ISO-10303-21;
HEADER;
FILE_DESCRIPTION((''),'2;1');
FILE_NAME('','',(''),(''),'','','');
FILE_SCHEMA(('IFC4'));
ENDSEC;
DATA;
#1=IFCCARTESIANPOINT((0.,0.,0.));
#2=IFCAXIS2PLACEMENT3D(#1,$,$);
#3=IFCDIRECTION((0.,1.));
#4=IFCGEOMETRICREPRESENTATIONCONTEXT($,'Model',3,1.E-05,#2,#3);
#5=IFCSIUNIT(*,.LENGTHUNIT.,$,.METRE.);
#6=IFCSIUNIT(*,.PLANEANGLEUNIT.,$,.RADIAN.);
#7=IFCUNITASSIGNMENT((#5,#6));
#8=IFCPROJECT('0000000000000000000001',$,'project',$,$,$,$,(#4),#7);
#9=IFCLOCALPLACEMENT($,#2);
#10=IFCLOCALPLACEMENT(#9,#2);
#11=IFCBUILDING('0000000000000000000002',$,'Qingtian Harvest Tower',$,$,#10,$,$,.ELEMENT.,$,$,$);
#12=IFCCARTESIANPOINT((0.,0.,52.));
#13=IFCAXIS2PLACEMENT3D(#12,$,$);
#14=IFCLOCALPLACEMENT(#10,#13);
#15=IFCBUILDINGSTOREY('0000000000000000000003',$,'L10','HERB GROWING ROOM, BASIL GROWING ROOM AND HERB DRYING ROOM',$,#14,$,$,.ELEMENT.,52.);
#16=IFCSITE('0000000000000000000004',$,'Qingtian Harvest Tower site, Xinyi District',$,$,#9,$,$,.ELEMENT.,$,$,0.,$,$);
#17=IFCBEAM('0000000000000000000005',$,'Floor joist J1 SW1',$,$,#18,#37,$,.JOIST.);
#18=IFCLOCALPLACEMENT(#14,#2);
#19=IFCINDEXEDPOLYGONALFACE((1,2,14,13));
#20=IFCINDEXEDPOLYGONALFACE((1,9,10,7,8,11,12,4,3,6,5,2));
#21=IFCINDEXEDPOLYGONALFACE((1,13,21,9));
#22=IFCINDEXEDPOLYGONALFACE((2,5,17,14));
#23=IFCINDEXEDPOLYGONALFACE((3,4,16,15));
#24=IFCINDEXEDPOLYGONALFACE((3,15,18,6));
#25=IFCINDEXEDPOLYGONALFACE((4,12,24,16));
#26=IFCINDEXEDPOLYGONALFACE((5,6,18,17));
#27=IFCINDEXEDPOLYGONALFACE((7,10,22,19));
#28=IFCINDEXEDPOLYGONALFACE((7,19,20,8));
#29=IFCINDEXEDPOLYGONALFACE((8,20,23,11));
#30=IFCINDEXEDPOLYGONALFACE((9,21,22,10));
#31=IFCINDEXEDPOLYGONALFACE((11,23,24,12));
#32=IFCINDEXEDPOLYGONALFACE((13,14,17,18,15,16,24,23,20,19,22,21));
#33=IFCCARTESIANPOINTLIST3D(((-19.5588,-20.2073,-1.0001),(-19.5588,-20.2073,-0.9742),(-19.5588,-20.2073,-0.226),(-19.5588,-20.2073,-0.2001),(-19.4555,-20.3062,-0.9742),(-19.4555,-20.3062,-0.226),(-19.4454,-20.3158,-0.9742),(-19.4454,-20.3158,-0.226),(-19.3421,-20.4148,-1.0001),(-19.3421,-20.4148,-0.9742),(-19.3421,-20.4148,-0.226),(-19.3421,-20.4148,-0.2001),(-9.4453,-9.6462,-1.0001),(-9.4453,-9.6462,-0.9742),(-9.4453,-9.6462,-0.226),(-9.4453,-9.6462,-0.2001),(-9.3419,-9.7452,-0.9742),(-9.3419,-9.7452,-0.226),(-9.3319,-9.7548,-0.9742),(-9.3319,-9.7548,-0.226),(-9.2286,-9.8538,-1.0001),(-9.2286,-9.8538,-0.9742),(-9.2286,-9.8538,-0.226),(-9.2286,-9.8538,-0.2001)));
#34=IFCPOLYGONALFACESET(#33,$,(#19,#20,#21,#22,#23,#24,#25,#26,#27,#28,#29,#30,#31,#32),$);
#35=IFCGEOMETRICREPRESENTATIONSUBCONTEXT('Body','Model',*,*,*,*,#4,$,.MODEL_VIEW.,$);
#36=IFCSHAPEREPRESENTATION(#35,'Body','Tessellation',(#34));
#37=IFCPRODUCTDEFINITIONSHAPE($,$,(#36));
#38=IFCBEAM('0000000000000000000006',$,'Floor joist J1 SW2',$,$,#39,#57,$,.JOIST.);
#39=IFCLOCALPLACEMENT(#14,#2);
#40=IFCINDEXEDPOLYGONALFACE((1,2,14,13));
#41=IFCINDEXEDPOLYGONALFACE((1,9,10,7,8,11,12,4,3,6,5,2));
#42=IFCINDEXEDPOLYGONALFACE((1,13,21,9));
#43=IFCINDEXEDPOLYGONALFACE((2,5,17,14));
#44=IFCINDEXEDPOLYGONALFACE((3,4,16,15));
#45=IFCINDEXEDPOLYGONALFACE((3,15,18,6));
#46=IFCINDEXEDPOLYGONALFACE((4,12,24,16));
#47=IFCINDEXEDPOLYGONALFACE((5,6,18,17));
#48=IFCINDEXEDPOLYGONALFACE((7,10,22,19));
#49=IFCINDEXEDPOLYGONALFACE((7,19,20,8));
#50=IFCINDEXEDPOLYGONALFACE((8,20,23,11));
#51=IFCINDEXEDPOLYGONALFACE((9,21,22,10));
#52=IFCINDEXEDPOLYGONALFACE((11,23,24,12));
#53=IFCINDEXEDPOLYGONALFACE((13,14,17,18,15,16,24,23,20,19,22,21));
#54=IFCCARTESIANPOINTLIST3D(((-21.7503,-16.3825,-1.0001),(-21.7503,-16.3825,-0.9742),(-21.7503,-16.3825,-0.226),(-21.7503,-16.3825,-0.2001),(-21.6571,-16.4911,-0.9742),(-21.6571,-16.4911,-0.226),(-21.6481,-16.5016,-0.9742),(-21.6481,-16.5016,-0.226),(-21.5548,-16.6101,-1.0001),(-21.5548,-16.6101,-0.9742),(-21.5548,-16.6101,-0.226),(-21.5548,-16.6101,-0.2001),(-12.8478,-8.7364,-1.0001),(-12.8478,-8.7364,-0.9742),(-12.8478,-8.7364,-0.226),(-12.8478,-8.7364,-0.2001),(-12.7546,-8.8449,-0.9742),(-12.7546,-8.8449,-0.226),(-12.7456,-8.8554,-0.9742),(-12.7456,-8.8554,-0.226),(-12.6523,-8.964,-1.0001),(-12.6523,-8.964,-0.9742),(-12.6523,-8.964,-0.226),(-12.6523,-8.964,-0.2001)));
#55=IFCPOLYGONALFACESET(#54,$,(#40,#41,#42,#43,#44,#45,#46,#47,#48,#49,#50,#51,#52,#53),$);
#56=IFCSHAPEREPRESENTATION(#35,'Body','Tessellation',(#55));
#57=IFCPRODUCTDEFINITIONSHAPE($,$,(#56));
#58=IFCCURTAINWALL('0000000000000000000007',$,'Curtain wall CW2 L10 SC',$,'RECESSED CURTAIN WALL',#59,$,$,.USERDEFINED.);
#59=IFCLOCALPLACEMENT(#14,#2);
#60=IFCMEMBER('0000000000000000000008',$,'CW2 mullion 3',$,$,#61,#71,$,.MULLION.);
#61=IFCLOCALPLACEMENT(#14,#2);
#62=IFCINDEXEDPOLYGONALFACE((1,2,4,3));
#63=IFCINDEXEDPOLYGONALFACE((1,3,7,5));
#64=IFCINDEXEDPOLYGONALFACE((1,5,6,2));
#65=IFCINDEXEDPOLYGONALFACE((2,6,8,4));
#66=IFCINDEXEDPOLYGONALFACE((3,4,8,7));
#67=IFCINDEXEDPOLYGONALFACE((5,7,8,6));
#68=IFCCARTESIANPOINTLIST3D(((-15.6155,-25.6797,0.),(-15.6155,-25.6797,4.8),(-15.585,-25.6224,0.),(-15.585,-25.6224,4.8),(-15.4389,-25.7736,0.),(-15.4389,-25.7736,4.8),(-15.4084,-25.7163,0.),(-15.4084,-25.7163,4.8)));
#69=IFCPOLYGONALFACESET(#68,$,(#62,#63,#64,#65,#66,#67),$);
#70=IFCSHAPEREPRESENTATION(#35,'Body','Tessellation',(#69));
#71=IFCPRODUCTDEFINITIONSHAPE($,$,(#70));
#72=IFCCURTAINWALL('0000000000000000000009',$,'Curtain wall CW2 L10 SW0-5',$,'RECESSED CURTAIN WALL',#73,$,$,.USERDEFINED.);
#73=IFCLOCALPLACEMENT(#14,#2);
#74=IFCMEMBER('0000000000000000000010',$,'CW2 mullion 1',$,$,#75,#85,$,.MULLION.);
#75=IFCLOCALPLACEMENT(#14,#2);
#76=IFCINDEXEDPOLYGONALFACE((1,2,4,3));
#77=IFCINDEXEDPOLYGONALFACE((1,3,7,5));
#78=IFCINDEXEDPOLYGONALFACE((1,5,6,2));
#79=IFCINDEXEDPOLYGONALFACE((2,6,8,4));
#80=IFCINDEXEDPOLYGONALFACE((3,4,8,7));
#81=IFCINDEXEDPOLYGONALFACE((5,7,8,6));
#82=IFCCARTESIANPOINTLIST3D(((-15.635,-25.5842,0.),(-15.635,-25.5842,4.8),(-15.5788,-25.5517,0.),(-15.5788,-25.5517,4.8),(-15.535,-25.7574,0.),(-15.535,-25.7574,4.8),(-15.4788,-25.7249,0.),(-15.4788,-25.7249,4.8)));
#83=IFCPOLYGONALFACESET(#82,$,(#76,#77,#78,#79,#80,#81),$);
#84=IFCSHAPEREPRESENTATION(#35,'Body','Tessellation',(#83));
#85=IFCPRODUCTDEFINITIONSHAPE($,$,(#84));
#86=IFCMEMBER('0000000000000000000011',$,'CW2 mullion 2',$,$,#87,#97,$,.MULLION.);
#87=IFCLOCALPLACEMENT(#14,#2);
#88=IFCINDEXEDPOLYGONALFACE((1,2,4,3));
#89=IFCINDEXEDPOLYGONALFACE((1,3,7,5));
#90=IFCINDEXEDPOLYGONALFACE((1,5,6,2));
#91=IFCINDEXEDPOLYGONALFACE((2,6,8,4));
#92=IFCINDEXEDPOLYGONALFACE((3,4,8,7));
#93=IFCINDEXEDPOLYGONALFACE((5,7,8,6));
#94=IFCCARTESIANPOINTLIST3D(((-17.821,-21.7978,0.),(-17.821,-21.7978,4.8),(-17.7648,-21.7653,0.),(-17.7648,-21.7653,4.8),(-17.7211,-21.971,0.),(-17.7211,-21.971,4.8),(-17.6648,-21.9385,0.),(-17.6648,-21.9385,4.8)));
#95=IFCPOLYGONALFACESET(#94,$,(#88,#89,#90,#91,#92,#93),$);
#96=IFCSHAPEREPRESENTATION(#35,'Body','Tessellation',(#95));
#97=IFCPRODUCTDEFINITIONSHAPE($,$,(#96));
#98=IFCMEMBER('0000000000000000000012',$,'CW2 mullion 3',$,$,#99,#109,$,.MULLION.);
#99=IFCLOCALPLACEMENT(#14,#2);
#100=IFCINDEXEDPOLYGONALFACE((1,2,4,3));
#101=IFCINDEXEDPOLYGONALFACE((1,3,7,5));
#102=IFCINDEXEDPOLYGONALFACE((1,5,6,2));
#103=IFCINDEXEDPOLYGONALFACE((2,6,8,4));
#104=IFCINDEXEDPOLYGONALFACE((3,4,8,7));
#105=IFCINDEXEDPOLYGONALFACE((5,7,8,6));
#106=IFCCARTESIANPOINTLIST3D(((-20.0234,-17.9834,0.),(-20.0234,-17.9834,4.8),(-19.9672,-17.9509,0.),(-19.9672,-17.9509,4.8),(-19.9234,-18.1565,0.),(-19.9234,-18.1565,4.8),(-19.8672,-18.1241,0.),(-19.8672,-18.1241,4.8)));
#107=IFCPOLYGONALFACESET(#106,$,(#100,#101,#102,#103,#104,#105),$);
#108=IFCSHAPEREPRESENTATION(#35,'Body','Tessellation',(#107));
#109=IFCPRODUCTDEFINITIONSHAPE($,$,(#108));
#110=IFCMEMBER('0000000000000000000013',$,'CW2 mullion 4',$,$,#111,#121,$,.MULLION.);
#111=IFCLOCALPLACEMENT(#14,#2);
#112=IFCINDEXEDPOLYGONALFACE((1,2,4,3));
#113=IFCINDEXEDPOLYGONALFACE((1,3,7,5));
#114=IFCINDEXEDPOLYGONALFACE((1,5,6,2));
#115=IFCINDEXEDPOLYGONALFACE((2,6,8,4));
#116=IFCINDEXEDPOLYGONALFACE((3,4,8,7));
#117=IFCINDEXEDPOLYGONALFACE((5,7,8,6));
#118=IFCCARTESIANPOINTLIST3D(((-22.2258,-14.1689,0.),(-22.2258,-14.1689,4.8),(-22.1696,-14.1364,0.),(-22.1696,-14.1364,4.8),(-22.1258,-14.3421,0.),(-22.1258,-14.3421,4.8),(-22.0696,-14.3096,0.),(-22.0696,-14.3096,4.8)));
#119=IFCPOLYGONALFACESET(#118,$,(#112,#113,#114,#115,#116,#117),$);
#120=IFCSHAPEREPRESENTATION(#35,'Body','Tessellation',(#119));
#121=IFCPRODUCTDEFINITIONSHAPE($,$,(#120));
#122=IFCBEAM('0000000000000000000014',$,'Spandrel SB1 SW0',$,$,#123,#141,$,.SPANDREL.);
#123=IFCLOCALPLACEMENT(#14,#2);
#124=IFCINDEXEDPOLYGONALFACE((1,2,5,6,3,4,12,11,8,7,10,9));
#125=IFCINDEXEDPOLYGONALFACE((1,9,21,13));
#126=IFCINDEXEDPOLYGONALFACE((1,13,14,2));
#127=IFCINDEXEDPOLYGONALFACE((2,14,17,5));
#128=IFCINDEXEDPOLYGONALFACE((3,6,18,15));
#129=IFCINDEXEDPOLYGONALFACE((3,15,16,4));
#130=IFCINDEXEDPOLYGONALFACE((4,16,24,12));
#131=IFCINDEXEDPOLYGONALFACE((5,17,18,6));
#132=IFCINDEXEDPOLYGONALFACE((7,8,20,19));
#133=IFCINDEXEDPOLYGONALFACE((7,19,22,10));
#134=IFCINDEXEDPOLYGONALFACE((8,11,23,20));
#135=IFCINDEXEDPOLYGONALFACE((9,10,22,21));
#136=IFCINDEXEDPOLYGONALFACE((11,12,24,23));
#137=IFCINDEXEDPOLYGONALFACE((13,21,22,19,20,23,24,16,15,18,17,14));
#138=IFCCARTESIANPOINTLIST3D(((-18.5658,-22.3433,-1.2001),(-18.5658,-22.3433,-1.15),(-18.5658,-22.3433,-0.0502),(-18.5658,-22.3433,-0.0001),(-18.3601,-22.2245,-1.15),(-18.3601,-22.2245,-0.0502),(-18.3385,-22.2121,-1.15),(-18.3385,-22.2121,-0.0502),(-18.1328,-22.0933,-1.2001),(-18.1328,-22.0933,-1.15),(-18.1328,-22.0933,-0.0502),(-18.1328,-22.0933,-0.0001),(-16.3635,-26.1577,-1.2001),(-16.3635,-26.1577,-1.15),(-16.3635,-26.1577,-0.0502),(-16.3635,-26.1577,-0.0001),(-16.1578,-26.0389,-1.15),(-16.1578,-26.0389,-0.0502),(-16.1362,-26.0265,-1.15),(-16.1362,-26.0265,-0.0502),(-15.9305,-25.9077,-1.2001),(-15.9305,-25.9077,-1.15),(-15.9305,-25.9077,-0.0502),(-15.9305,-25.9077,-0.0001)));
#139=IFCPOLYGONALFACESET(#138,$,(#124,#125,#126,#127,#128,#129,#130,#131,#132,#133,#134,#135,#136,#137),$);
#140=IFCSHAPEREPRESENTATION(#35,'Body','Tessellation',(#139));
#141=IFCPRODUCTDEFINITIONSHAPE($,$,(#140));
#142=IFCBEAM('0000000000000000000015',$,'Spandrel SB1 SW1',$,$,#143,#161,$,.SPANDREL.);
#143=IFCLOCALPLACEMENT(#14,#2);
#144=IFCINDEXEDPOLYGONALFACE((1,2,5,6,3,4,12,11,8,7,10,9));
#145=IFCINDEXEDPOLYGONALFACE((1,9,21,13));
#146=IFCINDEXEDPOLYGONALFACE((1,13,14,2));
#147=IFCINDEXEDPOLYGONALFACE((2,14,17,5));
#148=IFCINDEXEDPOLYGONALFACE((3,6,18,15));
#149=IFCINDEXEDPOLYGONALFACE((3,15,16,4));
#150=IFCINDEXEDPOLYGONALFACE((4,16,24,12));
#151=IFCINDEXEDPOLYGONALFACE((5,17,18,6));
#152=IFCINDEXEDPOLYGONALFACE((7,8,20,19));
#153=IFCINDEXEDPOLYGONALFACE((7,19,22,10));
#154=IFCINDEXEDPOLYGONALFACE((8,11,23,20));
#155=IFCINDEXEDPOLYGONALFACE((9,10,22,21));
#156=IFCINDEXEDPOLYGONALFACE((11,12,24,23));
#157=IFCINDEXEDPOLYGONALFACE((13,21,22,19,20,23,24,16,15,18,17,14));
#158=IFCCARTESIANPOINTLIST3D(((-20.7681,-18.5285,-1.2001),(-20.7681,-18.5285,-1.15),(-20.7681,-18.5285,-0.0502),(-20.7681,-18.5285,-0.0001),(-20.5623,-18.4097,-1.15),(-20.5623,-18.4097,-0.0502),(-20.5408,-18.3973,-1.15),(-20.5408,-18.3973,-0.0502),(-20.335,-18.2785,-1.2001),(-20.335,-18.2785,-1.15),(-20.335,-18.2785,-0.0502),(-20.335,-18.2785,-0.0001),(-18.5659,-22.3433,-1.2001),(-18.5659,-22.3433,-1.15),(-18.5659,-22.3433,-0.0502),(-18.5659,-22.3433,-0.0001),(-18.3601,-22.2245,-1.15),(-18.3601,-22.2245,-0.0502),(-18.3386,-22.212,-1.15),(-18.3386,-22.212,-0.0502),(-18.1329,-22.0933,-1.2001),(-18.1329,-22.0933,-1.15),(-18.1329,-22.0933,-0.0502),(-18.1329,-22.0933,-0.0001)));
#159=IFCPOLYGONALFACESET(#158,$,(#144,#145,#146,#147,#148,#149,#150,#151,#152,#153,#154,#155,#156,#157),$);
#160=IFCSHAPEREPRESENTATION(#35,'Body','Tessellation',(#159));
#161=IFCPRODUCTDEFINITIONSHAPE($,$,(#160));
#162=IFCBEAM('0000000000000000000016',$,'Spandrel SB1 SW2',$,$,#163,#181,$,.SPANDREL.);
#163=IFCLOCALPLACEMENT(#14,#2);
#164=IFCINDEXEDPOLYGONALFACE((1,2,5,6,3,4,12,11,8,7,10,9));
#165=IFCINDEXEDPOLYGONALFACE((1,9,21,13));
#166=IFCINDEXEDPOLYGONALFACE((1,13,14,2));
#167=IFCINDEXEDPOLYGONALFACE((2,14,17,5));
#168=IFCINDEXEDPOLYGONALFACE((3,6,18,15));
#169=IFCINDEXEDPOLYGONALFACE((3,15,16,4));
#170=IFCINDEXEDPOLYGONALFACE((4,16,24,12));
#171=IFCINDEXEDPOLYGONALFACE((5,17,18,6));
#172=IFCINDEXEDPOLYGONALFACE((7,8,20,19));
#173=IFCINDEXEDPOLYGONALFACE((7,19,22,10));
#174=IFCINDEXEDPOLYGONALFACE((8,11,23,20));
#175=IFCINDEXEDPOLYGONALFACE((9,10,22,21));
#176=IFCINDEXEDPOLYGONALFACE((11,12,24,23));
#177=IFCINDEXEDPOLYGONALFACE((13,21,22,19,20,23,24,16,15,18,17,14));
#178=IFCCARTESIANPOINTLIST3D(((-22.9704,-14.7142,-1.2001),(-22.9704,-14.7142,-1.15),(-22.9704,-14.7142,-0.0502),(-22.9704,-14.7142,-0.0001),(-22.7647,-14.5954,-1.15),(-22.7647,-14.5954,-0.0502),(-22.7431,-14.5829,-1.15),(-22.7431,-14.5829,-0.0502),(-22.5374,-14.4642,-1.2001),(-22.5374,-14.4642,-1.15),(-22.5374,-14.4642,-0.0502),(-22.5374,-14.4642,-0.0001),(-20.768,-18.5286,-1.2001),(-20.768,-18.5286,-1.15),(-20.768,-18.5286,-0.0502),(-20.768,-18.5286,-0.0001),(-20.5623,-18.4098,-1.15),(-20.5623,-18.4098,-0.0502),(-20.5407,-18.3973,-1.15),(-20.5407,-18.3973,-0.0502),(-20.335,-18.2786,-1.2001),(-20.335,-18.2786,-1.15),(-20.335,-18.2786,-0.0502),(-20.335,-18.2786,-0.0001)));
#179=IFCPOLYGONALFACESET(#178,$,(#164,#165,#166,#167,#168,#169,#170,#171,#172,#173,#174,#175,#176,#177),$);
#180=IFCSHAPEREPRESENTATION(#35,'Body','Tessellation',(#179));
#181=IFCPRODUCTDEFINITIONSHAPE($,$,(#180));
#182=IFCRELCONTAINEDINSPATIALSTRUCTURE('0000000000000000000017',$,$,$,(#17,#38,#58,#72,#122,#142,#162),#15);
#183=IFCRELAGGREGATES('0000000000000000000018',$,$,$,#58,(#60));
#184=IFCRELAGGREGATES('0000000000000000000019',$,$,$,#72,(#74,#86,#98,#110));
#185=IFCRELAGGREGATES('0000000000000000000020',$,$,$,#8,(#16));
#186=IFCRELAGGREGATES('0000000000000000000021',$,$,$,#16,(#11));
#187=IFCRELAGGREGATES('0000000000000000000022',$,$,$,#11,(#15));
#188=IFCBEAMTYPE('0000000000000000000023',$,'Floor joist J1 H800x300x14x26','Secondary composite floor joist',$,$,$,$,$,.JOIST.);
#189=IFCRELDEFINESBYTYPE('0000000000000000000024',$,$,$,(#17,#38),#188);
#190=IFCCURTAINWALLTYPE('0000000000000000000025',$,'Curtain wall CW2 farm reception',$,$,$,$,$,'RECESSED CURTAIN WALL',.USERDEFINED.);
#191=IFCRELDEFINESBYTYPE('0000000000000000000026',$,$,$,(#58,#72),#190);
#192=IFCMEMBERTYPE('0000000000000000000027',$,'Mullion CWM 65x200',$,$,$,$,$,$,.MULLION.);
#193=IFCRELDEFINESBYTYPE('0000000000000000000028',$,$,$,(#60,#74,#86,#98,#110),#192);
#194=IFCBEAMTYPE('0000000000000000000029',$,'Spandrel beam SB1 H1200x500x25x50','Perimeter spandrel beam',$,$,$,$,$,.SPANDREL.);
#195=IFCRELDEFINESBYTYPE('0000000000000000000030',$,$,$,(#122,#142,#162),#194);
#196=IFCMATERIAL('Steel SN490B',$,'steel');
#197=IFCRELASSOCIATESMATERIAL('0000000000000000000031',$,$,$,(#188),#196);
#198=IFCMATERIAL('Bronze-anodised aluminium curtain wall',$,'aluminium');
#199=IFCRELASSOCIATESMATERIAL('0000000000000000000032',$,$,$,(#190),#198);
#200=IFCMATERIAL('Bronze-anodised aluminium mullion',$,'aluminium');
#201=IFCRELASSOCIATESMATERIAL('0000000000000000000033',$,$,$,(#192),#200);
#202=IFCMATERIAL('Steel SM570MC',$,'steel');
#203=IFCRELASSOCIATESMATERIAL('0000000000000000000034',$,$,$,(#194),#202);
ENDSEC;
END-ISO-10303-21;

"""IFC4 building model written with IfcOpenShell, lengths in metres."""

from ifc_helpers import new_model, si_unit, direction, frame, origin, origin_2d, place, context, subcontext, project, spatial, rectangle, i_section, extrude, material, material_profile, profile_set, type_object, element, aggregate, save


model = new_model("IFC4")

# Units and contexts
model_context = context("Model", 3, precision=1e-05, world=origin(), true_north=direction((0.0, 1.0)))
body_context = subcontext(model_context, "Body", "Model", "MODEL_VIEW")
ifc_project = project(units=[si_unit("LENGTHUNIT", "METRE"), si_unit("PLANEANGLEUNIT", "RADIAN")], contexts=[model_context])

# Site, building, storey
site_placement = place(None, origin())
site = spatial("IfcSite", under=ifc_project, at=site_placement, Name="Qingtian Harvest Tower site, Xinyi District", CompositionType="ELEMENT", RefElevation=0.0)
building_placement = place(site_placement, origin())
building = spatial("IfcBuilding", under=site, at=building_placement, Name="Qingtian Harvest Tower", CompositionType="ELEMENT")
storey_placement = place(building_placement, frame((0.0, 0.0, 52.0)))
storey = spatial("IfcBuildingStorey", under=building, at=storey_placement, Name="L10", Description="HERB GROWING ROOM, BASIL GROWING ROOM AND HERB DRYING ROOM", CompositionType="ELEMENT", Elevation=52.0)

# Beams
ifc_material_1 = material(Name="Steel SN490B", Category="steel")
ifc_material_profile_1 = material_profile(ifc_material_1, i_section(OverallWidth=0.3, OverallDepth=0.8, WebThickness=0.0139, FlangeThickness=0.0259, at=origin_2d()), Name="H800x300x14x26")
ifc_profile_set_1 = profile_set([ifc_material_profile_1], Name="Steel SN490B")
beam_type_1 = type_object("IfcBeamType", Name="Floor joist J1 H800x300x14x26", Description="Secondary composite floor joist", PredefinedType="JOIST", material=ifc_profile_set_1)
beam_1_placement = place(storey_placement, frame((-19.4504, -20.311, -0.6001), z_axis=(0.691639, 0.722243, 0.0), x_axis=(-0.722243, 0.691639, 0.0)))
element("IfcBeam", 1, at=beam_1_placement, inside=storey, type_object=beam_type_1, Name="Floor joist J1 SW1", PredefinedType="JOIST", context=body_context, shape_type="SweptSolid", body=[
    extrude(i_section(OverallWidth=0.3, OverallDepth=0.8, WebThickness=0.0139, FlangeThickness=0.0259, at=origin_2d()), origin(), (0.0, 0.0, 1.0), 14.6226),
])
beam_2_placement = place(storey_placement, frame((-21.6526, -16.4963, -0.6001), z_axis=(0.758606, 0.65155, 0.0), x_axis=(-0.65155, 0.758606, 0.0)))
element("IfcBeam", 2, at=beam_2_placement, inside=storey, type_object=beam_type_1, Name="Floor joist J1 SW2", PredefinedType="JOIST", context=body_context, shape_type="SweptSolid", body=[
    extrude(i_section(OverallWidth=0.3, OverallDepth=0.8, WebThickness=0.0139, FlangeThickness=0.0259, at=origin_2d()), origin(), (0.0, 0.0, 1.0), 11.7354),
])

# Curtain wall, member
ifc_material_2 = material(Name="Bronze-anodised aluminium curtain wall", Category="aluminium")
curtain_wall_type = type_object("IfcCurtainWallType", Name="Curtain wall CW2 farm reception", ElementType="RECESSED CURTAIN WALL", PredefinedType="USERDEFINED", material=ifc_material_2)
curtain_wall_1_placement = place(storey_placement, origin())
curtain_wall_1 = element("IfcCurtainWall", 3, at=curtain_wall_1_placement, inside=storey, type_object=curtain_wall_type, Name="Curtain wall CW2 L10 SC", ObjectType="RECESSED CURTAIN WALL", PredefinedType="USERDEFINED")
ifc_material_3 = material(Name="Bronze-anodised aluminium mullion", Category="aluminium")
ifc_material_profile_2 = material_profile(ifc_material_3, rectangle(XDim=0.0649, YDim=0.2, at=origin_2d()), Name="AL 65x200")
ifc_profile_set_2 = profile_set([ifc_material_profile_2], Name="Bronze-anodised aluminium mullion")
member_type_1 = type_object("IfcMemberType", Name="Mullion CWM 65x200", PredefinedType="MULLION", material=ifc_profile_set_2)
member_1_placement = place(storey_placement, frame((-15.512, -25.698, 0.0), z_axis=(0.0, 0.0, 1.0), x_axis=(-0.469472, -0.882948, 0.0)))
member_1 = element("IfcMember", 4, at=member_1_placement, type_object=member_type_1, Name="CW2 mullion 3", PredefinedType="MULLION", context=body_context, shape_type="SweptSolid", body=[
    extrude(rectangle(XDim=0.0649, YDim=0.2, at=origin_2d()), origin(), (0.0, 0.0, 1.0), 4.8),
])

# Curtain wall, members
curtain_wall_2_placement = place(storey_placement, origin())
curtain_wall_2 = element("IfcCurtainWall", 5, at=curtain_wall_2_placement, inside=storey, type_object=curtain_wall_type, Name="Curtain wall CW2 L10 SW0-5", ObjectType="RECESSED CURTAIN WALL", PredefinedType="USERDEFINED")
member_2_placement = place(storey_placement, frame((-15.5569, -25.6545, 0.0), z_axis=(0.0, 0.0, 1.0), x_axis=(-0.866025, -0.5, 0.0)))
member_2 = element("IfcMember", 6, at=member_2_placement, type_object=member_type_1, Name="CW2 mullion 1", PredefinedType="MULLION", context=body_context, shape_type="SweptSolid", body=[
    extrude(rectangle(XDim=0.0649, YDim=0.2, at=origin_2d()), origin(), (0.0, 0.0, 1.0), 4.8),
])
member_3_placement = place(storey_placement, frame((-17.7429, -21.8682, 0.0), z_axis=(0.0, 0.0, 1.0), x_axis=(-0.866025, -0.5, 0.0)))
member_3 = element("IfcMember", 7, at=member_3_placement, type_object=member_type_1, Name="CW2 mullion 2", PredefinedType="MULLION", context=body_context, shape_type="SweptSolid", body=[
    extrude(rectangle(XDim=0.0649, YDim=0.2, at=origin_2d()), origin(), (0.0, 0.0, 1.0), 4.8),
])
member_4_placement = place(storey_placement, frame((-19.9453, -18.0537, 0.0), z_axis=(0.0, 0.0, 1.0), x_axis=(-0.866025, -0.5, 0.0)))
member_4 = element("IfcMember", 8, at=member_4_placement, type_object=member_type_1, Name="CW2 mullion 3", PredefinedType="MULLION", context=body_context, shape_type="SweptSolid", body=[
    extrude(rectangle(XDim=0.0649, YDim=0.2, at=origin_2d()), origin(), (0.0, 0.0, 1.0), 4.8),
])
member_5_placement = place(storey_placement, frame((-22.1477, -14.2393, 0.0), z_axis=(0.0, 0.0, 1.0), x_axis=(-0.866025, -0.5, 0.0)))
member_5 = element("IfcMember", 9, at=member_5_placement, type_object=member_type_1, Name="CW2 mullion 4", PredefinedType="MULLION", context=body_context, shape_type="SweptSolid", body=[
    extrude(rectangle(XDim=0.0649, YDim=0.2, at=origin_2d()), origin(), (0.0, 0.0, 1.0), 4.8),
])

# Beams
ifc_material_4 = material(Name="Steel SM570MC", Category="steel")
ifc_material_profile_3 = material_profile(ifc_material_4, i_section(OverallWidth=0.5, OverallDepth=1.2, WebThickness=0.0249, FlangeThickness=0.05, at=origin_2d()), Name="H1200x500x25x50")
ifc_profile_set_3 = profile_set([ifc_material_profile_3], Name="Steel SM570MC")
beam_type_2 = type_object("IfcBeamType", Name="Spandrel beam SB1 H1200x500x25x50", Description="Perimeter spandrel beam", PredefinedType="SPANDREL", material=ifc_profile_set_3)
beam_3_placement = place(storey_placement, frame((-16.147, -26.0327, -0.6001), z_axis=(-0.50002, 0.866014, 0.0), x_axis=(-0.866014, -0.50002, 0.0)))
element("IfcBeam", 10, at=beam_3_placement, inside=storey, type_object=beam_type_2, Name="Spandrel SB1 SW0", PredefinedType="SPANDREL", context=body_context, shape_type="SweptSolid", body=[
    extrude(i_section(OverallWidth=0.5, OverallDepth=1.2, WebThickness=0.0249, FlangeThickness=0.05, at=origin_2d()), origin(), (0.0, 0.0, 1.0), 4.4045),
])
beam_4_placement = place(storey_placement, frame((-18.3494, -22.2183, -0.6001), z_axis=(-0.499954, 0.866052, 0.0), x_axis=(-0.866052, -0.499954, 0.0)))
element("IfcBeam", 11, at=beam_4_placement, inside=storey, type_object=beam_type_2, Name="Spandrel SB1 SW1", PredefinedType="SPANDREL", context=body_context, shape_type="SweptSolid", body=[
    extrude(i_section(OverallWidth=0.5, OverallDepth=1.2, WebThickness=0.0249, FlangeThickness=0.05, at=origin_2d()), origin(), (0.0, 0.0, 1.0), 4.4048),
])
for number, where, z_axis, x_axis, name in (
    (12, (-20.5515, -18.4036, -0.6001), (-0.50002, 0.866014, 0.0), (-0.866014, -0.50002, 0.0), "Spandrel SB1 SW2"),
):
    element("IfcBeam", number, at=place(storey_placement, frame(where, z_axis=z_axis, x_axis=x_axis)), inside=storey, type_object=beam_type_2, Name=name, PredefinedType="SPANDREL", context=body_context, shape_type="SweptSolid", body=[
        extrude(i_section(OverallWidth=0.5, OverallDepth=1.2, WebThickness=0.0249, FlangeThickness=0.05, at=origin_2d()), origin(), (0.0, 0.0, 1.0), 4.4045),
    ])

aggregate(curtain_wall_1, [member_1])
aggregate(curtain_wall_2, [member_2, member_3, member_4, member_5])

save(model, "model.ifc")
